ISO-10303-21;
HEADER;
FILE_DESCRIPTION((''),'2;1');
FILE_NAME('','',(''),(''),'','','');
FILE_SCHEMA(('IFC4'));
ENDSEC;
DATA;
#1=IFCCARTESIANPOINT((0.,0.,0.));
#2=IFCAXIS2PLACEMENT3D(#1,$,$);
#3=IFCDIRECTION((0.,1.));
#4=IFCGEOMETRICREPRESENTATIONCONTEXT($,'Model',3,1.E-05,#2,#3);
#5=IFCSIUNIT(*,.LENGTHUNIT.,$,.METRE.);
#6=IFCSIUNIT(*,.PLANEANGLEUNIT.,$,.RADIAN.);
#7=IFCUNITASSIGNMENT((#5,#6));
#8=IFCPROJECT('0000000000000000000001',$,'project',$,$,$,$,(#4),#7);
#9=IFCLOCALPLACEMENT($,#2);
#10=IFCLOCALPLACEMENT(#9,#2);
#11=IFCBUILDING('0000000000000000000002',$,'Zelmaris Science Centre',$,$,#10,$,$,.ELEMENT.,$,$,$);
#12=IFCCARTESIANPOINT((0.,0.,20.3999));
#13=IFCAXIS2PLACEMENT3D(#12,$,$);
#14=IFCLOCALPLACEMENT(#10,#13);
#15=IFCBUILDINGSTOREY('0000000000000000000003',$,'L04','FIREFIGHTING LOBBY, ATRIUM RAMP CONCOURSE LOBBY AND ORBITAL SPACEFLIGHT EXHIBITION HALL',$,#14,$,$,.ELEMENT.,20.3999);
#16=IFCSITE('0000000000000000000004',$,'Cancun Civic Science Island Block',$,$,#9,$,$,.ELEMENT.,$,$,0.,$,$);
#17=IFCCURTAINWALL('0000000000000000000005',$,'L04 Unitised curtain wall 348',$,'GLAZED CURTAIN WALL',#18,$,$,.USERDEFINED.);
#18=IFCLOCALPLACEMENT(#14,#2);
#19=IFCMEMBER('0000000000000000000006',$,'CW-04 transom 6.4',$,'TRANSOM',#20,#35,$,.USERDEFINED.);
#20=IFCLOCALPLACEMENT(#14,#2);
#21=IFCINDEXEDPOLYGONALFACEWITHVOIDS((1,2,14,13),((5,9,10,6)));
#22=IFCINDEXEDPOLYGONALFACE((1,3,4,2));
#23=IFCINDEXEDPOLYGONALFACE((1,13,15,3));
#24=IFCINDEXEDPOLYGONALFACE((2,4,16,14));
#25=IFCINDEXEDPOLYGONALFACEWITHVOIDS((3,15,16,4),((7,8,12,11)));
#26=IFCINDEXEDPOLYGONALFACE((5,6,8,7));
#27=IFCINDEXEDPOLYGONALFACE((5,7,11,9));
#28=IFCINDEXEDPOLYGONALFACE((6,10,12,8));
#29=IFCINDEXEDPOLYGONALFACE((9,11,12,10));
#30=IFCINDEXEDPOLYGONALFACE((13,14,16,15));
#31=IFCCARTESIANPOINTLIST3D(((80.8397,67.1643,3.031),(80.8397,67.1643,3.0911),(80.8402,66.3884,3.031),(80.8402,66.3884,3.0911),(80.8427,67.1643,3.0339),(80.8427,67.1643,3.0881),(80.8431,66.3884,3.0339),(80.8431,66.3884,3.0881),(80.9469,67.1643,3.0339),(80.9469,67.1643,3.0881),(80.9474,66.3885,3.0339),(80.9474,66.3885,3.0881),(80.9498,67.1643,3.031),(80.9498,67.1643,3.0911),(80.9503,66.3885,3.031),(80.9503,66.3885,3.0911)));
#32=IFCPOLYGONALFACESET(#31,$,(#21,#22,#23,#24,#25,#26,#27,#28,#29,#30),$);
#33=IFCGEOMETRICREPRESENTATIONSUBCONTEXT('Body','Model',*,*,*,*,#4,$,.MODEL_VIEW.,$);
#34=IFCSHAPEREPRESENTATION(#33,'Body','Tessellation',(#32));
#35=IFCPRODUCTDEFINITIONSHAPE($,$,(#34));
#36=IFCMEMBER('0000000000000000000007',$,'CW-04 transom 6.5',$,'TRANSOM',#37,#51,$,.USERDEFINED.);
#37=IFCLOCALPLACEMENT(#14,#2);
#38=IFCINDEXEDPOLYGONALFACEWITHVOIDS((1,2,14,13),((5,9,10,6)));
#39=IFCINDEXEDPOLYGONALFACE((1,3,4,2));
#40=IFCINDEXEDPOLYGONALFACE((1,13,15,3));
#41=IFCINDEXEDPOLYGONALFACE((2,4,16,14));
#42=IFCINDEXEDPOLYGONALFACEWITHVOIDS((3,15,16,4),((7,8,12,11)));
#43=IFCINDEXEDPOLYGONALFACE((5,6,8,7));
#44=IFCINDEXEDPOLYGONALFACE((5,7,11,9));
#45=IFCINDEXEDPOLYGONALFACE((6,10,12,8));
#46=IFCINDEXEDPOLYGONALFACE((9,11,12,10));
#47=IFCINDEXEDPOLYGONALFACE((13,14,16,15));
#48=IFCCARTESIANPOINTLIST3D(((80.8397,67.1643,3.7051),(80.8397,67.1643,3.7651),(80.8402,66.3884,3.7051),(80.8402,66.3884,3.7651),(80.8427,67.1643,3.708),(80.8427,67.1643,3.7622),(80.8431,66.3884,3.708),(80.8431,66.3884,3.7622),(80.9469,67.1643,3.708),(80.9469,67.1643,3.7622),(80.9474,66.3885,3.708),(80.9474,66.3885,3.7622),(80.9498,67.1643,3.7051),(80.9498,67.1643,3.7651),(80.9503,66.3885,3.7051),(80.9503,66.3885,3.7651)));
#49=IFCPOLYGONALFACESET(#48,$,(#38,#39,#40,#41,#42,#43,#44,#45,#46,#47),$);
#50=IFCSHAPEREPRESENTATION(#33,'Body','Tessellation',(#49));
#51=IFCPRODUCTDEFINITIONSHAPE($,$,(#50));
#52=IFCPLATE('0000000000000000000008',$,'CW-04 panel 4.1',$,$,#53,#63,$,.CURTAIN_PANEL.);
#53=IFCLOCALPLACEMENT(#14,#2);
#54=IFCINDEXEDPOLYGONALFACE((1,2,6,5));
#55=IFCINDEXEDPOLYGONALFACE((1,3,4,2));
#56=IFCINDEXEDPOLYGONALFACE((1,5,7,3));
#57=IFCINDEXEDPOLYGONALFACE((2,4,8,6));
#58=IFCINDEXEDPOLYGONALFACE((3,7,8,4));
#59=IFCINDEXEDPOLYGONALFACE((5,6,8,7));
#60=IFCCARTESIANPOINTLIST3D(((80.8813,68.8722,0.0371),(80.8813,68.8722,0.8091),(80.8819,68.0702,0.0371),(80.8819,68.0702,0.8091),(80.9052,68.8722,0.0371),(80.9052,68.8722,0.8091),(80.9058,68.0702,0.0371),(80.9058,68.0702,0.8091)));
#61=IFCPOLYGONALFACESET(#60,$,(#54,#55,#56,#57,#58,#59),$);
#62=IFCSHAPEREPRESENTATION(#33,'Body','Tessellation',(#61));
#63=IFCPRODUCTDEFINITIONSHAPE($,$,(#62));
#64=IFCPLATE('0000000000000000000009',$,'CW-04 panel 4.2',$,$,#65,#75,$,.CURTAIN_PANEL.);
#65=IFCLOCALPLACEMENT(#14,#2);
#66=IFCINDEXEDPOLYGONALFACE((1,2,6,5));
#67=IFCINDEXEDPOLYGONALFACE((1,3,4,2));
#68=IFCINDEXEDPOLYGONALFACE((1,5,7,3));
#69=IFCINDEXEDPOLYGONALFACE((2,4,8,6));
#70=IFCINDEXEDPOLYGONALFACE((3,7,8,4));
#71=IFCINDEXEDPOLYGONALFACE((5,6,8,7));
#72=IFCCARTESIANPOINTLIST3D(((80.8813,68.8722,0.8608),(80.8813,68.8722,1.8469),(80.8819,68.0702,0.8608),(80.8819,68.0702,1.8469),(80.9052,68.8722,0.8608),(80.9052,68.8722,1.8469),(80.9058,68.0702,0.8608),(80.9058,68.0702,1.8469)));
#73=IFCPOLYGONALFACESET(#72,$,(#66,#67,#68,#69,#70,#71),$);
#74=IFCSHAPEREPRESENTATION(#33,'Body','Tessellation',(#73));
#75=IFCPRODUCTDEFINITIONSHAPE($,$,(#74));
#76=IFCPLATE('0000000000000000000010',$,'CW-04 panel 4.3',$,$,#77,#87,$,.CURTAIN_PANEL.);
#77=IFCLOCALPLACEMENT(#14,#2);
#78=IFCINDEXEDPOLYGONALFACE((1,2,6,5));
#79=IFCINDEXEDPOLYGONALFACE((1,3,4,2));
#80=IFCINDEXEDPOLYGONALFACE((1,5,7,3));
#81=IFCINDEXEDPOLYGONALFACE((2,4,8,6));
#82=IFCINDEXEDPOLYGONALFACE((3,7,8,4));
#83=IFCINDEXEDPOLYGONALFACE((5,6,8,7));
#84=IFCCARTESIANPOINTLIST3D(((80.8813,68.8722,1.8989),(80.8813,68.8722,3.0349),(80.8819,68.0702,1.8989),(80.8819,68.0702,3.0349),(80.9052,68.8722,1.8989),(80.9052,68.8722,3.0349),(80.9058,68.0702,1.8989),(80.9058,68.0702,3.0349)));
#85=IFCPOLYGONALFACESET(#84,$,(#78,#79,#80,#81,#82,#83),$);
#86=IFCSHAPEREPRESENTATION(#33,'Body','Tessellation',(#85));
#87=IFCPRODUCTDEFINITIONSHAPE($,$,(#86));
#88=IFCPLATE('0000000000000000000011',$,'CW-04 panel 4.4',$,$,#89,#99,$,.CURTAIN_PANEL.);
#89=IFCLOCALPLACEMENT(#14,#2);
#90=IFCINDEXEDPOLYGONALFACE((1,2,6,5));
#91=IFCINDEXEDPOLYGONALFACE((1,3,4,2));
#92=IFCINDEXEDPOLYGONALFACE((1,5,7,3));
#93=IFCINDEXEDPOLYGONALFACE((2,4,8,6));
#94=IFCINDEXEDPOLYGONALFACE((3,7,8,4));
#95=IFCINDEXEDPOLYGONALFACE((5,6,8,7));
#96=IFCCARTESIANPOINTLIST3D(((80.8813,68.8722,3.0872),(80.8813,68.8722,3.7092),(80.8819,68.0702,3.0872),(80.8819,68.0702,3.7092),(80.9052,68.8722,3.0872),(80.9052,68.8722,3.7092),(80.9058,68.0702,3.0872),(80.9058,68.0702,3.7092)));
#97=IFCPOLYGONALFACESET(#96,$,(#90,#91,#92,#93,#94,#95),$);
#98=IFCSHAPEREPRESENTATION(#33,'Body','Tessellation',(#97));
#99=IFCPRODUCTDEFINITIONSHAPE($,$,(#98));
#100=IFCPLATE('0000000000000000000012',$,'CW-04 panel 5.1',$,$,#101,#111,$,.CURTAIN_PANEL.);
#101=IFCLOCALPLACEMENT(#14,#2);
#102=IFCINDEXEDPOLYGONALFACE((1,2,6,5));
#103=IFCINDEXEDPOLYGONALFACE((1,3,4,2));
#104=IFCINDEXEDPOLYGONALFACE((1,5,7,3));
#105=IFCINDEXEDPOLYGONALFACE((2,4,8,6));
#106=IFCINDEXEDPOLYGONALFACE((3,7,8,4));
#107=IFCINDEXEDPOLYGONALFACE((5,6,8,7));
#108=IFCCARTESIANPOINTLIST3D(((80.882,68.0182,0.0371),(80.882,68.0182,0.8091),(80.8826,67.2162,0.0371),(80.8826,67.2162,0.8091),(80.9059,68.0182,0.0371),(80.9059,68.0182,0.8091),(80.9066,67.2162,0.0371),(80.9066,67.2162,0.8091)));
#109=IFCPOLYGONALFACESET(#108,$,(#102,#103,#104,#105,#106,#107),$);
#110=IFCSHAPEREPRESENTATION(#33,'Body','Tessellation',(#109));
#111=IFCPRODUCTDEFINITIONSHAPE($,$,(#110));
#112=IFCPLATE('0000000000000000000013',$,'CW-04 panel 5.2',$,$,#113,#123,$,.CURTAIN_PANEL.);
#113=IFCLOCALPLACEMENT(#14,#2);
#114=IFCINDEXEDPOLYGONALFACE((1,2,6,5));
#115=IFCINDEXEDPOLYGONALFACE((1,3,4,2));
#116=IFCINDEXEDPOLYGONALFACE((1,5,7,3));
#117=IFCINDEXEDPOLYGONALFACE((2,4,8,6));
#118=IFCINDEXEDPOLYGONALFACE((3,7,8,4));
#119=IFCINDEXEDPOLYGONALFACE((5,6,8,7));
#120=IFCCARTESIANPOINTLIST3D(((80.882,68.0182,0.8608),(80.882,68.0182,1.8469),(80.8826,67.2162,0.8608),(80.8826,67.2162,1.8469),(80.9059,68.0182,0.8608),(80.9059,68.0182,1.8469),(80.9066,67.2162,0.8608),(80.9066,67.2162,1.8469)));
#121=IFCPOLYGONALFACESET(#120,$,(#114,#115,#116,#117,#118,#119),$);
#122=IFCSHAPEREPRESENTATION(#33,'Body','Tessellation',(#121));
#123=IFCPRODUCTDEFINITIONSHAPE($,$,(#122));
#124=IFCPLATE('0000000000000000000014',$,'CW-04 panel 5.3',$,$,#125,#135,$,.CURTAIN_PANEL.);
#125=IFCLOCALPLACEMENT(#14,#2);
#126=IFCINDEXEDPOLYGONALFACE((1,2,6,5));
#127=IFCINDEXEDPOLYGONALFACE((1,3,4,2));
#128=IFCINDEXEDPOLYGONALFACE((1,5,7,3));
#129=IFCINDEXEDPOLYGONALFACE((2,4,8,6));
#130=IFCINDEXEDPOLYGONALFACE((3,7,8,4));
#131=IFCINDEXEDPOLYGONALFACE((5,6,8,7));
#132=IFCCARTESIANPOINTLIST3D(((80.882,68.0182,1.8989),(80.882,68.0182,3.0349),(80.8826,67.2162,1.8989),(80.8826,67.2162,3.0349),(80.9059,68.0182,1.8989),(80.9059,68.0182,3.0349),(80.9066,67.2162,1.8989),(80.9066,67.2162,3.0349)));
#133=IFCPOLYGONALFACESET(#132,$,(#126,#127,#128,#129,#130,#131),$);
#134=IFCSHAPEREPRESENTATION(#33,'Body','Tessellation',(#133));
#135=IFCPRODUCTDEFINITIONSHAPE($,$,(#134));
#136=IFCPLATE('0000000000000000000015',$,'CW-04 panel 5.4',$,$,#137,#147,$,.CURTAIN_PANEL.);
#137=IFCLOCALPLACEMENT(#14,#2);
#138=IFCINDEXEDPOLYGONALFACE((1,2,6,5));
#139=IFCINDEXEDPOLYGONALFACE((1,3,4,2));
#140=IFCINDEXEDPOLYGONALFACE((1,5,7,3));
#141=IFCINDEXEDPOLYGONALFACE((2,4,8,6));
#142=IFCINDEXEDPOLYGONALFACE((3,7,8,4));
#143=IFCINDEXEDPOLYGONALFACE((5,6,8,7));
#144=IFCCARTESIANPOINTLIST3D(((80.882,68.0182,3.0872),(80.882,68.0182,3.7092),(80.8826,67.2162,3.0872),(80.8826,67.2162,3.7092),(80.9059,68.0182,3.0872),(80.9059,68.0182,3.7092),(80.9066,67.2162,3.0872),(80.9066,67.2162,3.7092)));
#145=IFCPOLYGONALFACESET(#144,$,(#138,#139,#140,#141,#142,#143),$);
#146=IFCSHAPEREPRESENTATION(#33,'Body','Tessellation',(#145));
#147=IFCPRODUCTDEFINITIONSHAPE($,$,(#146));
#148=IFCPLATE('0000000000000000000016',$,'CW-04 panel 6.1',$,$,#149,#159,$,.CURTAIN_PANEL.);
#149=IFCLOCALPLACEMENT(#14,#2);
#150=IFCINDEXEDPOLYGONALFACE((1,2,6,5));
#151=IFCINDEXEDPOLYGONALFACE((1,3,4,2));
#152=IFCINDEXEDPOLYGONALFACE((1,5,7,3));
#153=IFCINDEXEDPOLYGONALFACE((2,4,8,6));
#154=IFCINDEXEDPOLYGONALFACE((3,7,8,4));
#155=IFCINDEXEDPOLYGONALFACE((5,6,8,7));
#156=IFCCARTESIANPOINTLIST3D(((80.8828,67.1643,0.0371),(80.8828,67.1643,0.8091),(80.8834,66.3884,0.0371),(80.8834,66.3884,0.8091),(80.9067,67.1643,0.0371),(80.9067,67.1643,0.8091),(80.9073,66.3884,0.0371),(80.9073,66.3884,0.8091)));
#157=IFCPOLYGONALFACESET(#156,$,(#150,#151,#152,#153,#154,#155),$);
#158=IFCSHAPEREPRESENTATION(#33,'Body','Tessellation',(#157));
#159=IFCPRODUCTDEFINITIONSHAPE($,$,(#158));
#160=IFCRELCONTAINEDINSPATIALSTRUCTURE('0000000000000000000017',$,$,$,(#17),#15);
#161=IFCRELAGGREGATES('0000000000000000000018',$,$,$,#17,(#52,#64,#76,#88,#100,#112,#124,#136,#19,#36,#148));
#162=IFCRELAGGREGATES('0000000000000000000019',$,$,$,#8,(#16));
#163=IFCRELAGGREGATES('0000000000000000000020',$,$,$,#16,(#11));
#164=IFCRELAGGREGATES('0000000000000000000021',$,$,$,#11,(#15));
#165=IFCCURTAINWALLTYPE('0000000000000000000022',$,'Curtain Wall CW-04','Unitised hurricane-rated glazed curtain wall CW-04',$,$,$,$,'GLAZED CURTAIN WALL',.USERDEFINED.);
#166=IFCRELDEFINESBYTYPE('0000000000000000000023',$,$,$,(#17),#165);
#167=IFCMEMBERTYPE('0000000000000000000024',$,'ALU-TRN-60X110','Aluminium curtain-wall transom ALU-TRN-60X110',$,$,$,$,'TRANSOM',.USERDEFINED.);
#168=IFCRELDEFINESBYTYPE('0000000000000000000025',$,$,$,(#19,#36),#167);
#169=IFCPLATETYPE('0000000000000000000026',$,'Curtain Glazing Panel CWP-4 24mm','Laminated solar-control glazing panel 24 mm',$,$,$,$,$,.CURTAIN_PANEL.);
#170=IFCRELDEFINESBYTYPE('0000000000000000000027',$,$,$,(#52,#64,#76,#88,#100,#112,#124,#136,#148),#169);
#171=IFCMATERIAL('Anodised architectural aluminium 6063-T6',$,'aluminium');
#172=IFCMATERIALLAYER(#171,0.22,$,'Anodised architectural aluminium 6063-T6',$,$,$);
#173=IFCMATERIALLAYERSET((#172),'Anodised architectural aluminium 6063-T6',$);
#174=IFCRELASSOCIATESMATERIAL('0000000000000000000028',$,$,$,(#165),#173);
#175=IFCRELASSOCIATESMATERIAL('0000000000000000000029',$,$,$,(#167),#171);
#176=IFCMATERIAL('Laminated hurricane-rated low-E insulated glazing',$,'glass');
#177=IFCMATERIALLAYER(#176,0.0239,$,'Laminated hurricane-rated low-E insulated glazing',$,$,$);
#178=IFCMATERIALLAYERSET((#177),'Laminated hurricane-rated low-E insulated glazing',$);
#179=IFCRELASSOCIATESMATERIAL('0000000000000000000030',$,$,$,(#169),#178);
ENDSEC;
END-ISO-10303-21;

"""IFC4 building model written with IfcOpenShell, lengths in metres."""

from ifc_helpers import new_model, si_unit, direction, frame, origin, origin_2d, place, context, subcontext, project, spatial, rectangle, hollow_rectangle, extrude, material, layer, layer_set, material_profile, profile_set, type_object, element, aggregate, save


model = new_model("IFC4")

# Units and contexts
model_context = context("Model", 3, precision=1e-05, world=origin(), true_north=direction((0.0, 1.0)))
body_context = subcontext(model_context, "Body", "Model", "MODEL_VIEW")
ifc_project = project(units=[si_unit("LENGTHUNIT", "METRE"), si_unit("PLANEANGLEUNIT", "RADIAN")], contexts=[model_context])

# Site, building, storey
site_placement = place(None, origin())
site = spatial("IfcSite", under=ifc_project, at=site_placement, Name="Cancun Civic Science Island Block", CompositionType="ELEMENT", RefElevation=0.0)
building_placement = place(site_placement, origin())
building = spatial("IfcBuilding", under=site, at=building_placement, Name="Zelmaris Science Centre", CompositionType="ELEMENT")
storey_placement = place(building_placement, frame((0.0, 0.0, 20.3999)))
storey = spatial("IfcBuildingStorey", under=building, at=storey_placement, Name="L04", Description="FIREFIGHTING LOBBY, ATRIUM RAMP CONCOURSE LOBBY AND ORBITAL SPACEFLIGHT EXHIBITION HALL", CompositionType="ELEMENT", Elevation=20.3999)

# Curtain wall, members, plates
ifc_material_1 = material(Name="Anodised architectural aluminium 6063-T6", Category="aluminium")
ifc_layer_1 = layer(ifc_material_1, 0.22, Name="Anodised architectural aluminium 6063-T6")
ifc_layer_set_1 = layer_set([ifc_layer_1], Name="Anodised architectural aluminium 6063-T6")
curtain_wall_type = type_object("IfcCurtainWallType", Name="Curtain Wall CW-04", Description="Unitised hurricane-rated glazed curtain wall CW-04", ElementType="GLAZED CURTAIN WALL", PredefinedType="USERDEFINED", material=ifc_layer_set_1)
curtain_wall_placement = place(storey_placement, origin())
curtain_wall = element("IfcCurtainWall", 1, at=curtain_wall_placement, inside=storey, type_object=curtain_wall_type, Name="L04 Unitised curtain wall 348", ObjectType="GLAZED CURTAIN WALL", PredefinedType="USERDEFINED")
ifc_material_profile_1 = material_profile(ifc_material_1, hollow_rectangle(XDim=0.0601, YDim=0.1101, WallThickness=0.0029, at=origin_2d()), Name="ALU-TRN-60X110")
ifc_profile_set_1 = profile_set([ifc_material_profile_1], Name="Anodised architectural aluminium 6063-T6")
member_type_1 = type_object("IfcMemberType", Name="ALU-TRN-60X110", Description="Aluminium curtain-wall transom ALU-TRN-60X110", ElementType="TRANSOM", PredefinedType="USERDEFINED", material=ifc_profile_set_1)
member_1_placement = place(storey_placement, frame((80.8948, 67.1643, 3.061), z_axis=(0.000629, -1.0, 0.0), x_axis=(0.0, 0.0, 1.0)))
member_1 = element("IfcMember", 2, at=member_1_placement, type_object=member_type_1, Name="CW-04 transom 6.4", ObjectType="TRANSOM", PredefinedType="USERDEFINED", context=body_context, shape_type="SweptSolid", body=[
    extrude(hollow_rectangle(XDim=0.0601, YDim=0.1101, WallThickness=0.0029, at=origin_2d()), origin(), (0.0, 0.0, 1.0), 0.7759),
])
member_2_placement = place(storey_placement, frame((80.8948, 67.1643, 3.7351), z_axis=(0.000629, -1.0, 0.0), x_axis=(0.0, 0.0, 1.0)))
member_2 = element("IfcMember", 3, at=member_2_placement, type_object=member_type_1, Name="CW-04 transom 6.5", ObjectType="TRANSOM", PredefinedType="USERDEFINED", context=body_context, shape_type="SweptSolid", body=[
    extrude(hollow_rectangle(XDim=0.0601, YDim=0.1101, WallThickness=0.0029, at=origin_2d()), origin(), (0.0, 0.0, 1.0), 0.7759),
])
ifc_material_2 = material(Name="Laminated hurricane-rated low-E insulated glazing", Category="glass")
ifc_layer_2 = layer(ifc_material_2, 0.0239, Name="Laminated hurricane-rated low-E insulated glazing")
ifc_layer_set_2 = layer_set([ifc_layer_2], Name="Laminated hurricane-rated low-E insulated glazing")
plate_type = type_object("IfcPlateType", Name="Curtain Glazing Panel CWP-4 24mm", Description="Laminated solar-control glazing panel 24 mm", PredefinedType="CURTAIN_PANEL", material=ifc_layer_set_2)
plate_1_placement = place(storey_placement, frame((80.8936, 68.4712, 0.0371), z_axis=(0.0, 0.0, 1.0), x_axis=(0.000781, -1.0, 0.0)))
plate_1 = element("IfcPlate", 4, at=plate_1_placement, type_object=plate_type, Name="CW-04 panel 4.1", PredefinedType="CURTAIN_PANEL", context=body_context, shape_type="SweptSolid", body=[
    extrude(rectangle(XDim=0.802, YDim=0.0239, at=origin_2d()), origin(), (0.0, 0.0, 1.0), 0.772),
])
plate_2_placement = place(storey_placement, frame((80.8936, 68.4712, 0.8608), z_axis=(0.0, 0.0, 1.0), x_axis=(0.000781, -1.0, 0.0)))
plate_2 = element("IfcPlate", 5, at=plate_2_placement, type_object=plate_type, Name="CW-04 panel 4.2", PredefinedType="CURTAIN_PANEL", context=body_context, shape_type="SweptSolid", body=[
    extrude(rectangle(XDim=0.802, YDim=0.0239, at=origin_2d()), origin(), (0.0, 0.0, 1.0), 0.9861),
])
plate_3_placement = place(storey_placement, frame((80.8936, 68.4712, 1.8989), z_axis=(0.0, 0.0, 1.0), x_axis=(0.000781, -1.0, 0.0)))
plate_3 = element("IfcPlate", 6, at=plate_3_placement, type_object=plate_type, Name="CW-04 panel 4.3", PredefinedType="CURTAIN_PANEL", context=body_context, shape_type="SweptSolid", body=[
    extrude(rectangle(XDim=0.802, YDim=0.0239, at=origin_2d()), origin(), (0.0, 0.0, 1.0), 1.136),
])
plate_4_placement = place(storey_placement, frame((80.8936, 68.4712, 3.0872), z_axis=(0.0, 0.0, 1.0), x_axis=(0.000781, -1.0, 0.0)))
plate_4 = element("IfcPlate", 7, at=plate_4_placement, type_object=plate_type, Name="CW-04 panel 4.4", PredefinedType="CURTAIN_PANEL", context=body_context, shape_type="SweptSolid", body=[
    extrude(rectangle(XDim=0.802, YDim=0.0239, at=origin_2d()), origin(), (0.0, 0.0, 1.0), 0.6221),
])
plate_5_placement = place(storey_placement, frame((80.8943, 67.6172, 0.0371), z_axis=(0.0, 0.0, 1.0), x_axis=(0.000781, -1.0, 0.0)))
plate_5 = element("IfcPlate", 8, at=plate_5_placement, type_object=plate_type, Name="CW-04 panel 5.1", PredefinedType="CURTAIN_PANEL", context=body_context, shape_type="SweptSolid", body=[
    extrude(rectangle(XDim=0.802, YDim=0.0239, at=origin_2d()), origin(), (0.0, 0.0, 1.0), 0.772),
])
plate_6_placement = place(storey_placement, frame((80.8943, 67.6172, 0.8608), z_axis=(0.0, 0.0, 1.0), x_axis=(0.000781, -1.0, 0.0)))
plate_6 = element("IfcPlate", 9, at=plate_6_placement, type_object=plate_type, Name="CW-04 panel 5.2", PredefinedType="CURTAIN_PANEL", context=body_context, shape_type="SweptSolid", body=[
    extrude(rectangle(XDim=0.802, YDim=0.0239, at=origin_2d()), origin(), (0.0, 0.0, 1.0), 0.9861),
])
plate_7_placement = place(storey_placement, frame((80.8943, 67.6172, 1.8989), z_axis=(0.0, 0.0, 1.0), x_axis=(0.000781, -1.0, 0.0)))
plate_7 = element("IfcPlate", 10, at=plate_7_placement, type_object=plate_type, Name="CW-04 panel 5.3", PredefinedType="CURTAIN_PANEL", context=body_context, shape_type="SweptSolid", body=[
    extrude(rectangle(XDim=0.802, YDim=0.0239, at=origin_2d()), origin(), (0.0, 0.0, 1.0), 1.136),
])
plate_8_placement = place(storey_placement, frame((80.8943, 67.6172, 3.0872), z_axis=(0.0, 0.0, 1.0), x_axis=(0.000781, -1.0, 0.0)))
plate_8 = element("IfcPlate", 11, at=plate_8_placement, type_object=plate_type, Name="CW-04 panel 5.4", PredefinedType="CURTAIN_PANEL", context=body_context, shape_type="SweptSolid", body=[
    extrude(rectangle(XDim=0.802, YDim=0.0239, at=origin_2d()), origin(), (0.0, 0.0, 1.0), 0.6221),
])
plate_9_placement = place(storey_placement, frame((80.895, 66.7764, 0.0371), z_axis=(0.0, 0.0, 1.0), x_axis=(0.000781, -1.0, 0.0)))
plate_9 = element("IfcPlate", 12, at=plate_9_placement, type_object=plate_type, Name="CW-04 panel 6.1", PredefinedType="CURTAIN_PANEL", context=body_context, shape_type="SweptSolid", body=[
    extrude(rectangle(XDim=0.7759, YDim=0.0239, at=origin_2d()), origin(), (0.0, 0.0, 1.0), 0.772),
])
aggregate(curtain_wall, [plate_1, plate_2, plate_3, plate_4, plate_5, plate_6, plate_7, plate_8, member_1, member_2, plate_9])

save(model, "model.ifc")
